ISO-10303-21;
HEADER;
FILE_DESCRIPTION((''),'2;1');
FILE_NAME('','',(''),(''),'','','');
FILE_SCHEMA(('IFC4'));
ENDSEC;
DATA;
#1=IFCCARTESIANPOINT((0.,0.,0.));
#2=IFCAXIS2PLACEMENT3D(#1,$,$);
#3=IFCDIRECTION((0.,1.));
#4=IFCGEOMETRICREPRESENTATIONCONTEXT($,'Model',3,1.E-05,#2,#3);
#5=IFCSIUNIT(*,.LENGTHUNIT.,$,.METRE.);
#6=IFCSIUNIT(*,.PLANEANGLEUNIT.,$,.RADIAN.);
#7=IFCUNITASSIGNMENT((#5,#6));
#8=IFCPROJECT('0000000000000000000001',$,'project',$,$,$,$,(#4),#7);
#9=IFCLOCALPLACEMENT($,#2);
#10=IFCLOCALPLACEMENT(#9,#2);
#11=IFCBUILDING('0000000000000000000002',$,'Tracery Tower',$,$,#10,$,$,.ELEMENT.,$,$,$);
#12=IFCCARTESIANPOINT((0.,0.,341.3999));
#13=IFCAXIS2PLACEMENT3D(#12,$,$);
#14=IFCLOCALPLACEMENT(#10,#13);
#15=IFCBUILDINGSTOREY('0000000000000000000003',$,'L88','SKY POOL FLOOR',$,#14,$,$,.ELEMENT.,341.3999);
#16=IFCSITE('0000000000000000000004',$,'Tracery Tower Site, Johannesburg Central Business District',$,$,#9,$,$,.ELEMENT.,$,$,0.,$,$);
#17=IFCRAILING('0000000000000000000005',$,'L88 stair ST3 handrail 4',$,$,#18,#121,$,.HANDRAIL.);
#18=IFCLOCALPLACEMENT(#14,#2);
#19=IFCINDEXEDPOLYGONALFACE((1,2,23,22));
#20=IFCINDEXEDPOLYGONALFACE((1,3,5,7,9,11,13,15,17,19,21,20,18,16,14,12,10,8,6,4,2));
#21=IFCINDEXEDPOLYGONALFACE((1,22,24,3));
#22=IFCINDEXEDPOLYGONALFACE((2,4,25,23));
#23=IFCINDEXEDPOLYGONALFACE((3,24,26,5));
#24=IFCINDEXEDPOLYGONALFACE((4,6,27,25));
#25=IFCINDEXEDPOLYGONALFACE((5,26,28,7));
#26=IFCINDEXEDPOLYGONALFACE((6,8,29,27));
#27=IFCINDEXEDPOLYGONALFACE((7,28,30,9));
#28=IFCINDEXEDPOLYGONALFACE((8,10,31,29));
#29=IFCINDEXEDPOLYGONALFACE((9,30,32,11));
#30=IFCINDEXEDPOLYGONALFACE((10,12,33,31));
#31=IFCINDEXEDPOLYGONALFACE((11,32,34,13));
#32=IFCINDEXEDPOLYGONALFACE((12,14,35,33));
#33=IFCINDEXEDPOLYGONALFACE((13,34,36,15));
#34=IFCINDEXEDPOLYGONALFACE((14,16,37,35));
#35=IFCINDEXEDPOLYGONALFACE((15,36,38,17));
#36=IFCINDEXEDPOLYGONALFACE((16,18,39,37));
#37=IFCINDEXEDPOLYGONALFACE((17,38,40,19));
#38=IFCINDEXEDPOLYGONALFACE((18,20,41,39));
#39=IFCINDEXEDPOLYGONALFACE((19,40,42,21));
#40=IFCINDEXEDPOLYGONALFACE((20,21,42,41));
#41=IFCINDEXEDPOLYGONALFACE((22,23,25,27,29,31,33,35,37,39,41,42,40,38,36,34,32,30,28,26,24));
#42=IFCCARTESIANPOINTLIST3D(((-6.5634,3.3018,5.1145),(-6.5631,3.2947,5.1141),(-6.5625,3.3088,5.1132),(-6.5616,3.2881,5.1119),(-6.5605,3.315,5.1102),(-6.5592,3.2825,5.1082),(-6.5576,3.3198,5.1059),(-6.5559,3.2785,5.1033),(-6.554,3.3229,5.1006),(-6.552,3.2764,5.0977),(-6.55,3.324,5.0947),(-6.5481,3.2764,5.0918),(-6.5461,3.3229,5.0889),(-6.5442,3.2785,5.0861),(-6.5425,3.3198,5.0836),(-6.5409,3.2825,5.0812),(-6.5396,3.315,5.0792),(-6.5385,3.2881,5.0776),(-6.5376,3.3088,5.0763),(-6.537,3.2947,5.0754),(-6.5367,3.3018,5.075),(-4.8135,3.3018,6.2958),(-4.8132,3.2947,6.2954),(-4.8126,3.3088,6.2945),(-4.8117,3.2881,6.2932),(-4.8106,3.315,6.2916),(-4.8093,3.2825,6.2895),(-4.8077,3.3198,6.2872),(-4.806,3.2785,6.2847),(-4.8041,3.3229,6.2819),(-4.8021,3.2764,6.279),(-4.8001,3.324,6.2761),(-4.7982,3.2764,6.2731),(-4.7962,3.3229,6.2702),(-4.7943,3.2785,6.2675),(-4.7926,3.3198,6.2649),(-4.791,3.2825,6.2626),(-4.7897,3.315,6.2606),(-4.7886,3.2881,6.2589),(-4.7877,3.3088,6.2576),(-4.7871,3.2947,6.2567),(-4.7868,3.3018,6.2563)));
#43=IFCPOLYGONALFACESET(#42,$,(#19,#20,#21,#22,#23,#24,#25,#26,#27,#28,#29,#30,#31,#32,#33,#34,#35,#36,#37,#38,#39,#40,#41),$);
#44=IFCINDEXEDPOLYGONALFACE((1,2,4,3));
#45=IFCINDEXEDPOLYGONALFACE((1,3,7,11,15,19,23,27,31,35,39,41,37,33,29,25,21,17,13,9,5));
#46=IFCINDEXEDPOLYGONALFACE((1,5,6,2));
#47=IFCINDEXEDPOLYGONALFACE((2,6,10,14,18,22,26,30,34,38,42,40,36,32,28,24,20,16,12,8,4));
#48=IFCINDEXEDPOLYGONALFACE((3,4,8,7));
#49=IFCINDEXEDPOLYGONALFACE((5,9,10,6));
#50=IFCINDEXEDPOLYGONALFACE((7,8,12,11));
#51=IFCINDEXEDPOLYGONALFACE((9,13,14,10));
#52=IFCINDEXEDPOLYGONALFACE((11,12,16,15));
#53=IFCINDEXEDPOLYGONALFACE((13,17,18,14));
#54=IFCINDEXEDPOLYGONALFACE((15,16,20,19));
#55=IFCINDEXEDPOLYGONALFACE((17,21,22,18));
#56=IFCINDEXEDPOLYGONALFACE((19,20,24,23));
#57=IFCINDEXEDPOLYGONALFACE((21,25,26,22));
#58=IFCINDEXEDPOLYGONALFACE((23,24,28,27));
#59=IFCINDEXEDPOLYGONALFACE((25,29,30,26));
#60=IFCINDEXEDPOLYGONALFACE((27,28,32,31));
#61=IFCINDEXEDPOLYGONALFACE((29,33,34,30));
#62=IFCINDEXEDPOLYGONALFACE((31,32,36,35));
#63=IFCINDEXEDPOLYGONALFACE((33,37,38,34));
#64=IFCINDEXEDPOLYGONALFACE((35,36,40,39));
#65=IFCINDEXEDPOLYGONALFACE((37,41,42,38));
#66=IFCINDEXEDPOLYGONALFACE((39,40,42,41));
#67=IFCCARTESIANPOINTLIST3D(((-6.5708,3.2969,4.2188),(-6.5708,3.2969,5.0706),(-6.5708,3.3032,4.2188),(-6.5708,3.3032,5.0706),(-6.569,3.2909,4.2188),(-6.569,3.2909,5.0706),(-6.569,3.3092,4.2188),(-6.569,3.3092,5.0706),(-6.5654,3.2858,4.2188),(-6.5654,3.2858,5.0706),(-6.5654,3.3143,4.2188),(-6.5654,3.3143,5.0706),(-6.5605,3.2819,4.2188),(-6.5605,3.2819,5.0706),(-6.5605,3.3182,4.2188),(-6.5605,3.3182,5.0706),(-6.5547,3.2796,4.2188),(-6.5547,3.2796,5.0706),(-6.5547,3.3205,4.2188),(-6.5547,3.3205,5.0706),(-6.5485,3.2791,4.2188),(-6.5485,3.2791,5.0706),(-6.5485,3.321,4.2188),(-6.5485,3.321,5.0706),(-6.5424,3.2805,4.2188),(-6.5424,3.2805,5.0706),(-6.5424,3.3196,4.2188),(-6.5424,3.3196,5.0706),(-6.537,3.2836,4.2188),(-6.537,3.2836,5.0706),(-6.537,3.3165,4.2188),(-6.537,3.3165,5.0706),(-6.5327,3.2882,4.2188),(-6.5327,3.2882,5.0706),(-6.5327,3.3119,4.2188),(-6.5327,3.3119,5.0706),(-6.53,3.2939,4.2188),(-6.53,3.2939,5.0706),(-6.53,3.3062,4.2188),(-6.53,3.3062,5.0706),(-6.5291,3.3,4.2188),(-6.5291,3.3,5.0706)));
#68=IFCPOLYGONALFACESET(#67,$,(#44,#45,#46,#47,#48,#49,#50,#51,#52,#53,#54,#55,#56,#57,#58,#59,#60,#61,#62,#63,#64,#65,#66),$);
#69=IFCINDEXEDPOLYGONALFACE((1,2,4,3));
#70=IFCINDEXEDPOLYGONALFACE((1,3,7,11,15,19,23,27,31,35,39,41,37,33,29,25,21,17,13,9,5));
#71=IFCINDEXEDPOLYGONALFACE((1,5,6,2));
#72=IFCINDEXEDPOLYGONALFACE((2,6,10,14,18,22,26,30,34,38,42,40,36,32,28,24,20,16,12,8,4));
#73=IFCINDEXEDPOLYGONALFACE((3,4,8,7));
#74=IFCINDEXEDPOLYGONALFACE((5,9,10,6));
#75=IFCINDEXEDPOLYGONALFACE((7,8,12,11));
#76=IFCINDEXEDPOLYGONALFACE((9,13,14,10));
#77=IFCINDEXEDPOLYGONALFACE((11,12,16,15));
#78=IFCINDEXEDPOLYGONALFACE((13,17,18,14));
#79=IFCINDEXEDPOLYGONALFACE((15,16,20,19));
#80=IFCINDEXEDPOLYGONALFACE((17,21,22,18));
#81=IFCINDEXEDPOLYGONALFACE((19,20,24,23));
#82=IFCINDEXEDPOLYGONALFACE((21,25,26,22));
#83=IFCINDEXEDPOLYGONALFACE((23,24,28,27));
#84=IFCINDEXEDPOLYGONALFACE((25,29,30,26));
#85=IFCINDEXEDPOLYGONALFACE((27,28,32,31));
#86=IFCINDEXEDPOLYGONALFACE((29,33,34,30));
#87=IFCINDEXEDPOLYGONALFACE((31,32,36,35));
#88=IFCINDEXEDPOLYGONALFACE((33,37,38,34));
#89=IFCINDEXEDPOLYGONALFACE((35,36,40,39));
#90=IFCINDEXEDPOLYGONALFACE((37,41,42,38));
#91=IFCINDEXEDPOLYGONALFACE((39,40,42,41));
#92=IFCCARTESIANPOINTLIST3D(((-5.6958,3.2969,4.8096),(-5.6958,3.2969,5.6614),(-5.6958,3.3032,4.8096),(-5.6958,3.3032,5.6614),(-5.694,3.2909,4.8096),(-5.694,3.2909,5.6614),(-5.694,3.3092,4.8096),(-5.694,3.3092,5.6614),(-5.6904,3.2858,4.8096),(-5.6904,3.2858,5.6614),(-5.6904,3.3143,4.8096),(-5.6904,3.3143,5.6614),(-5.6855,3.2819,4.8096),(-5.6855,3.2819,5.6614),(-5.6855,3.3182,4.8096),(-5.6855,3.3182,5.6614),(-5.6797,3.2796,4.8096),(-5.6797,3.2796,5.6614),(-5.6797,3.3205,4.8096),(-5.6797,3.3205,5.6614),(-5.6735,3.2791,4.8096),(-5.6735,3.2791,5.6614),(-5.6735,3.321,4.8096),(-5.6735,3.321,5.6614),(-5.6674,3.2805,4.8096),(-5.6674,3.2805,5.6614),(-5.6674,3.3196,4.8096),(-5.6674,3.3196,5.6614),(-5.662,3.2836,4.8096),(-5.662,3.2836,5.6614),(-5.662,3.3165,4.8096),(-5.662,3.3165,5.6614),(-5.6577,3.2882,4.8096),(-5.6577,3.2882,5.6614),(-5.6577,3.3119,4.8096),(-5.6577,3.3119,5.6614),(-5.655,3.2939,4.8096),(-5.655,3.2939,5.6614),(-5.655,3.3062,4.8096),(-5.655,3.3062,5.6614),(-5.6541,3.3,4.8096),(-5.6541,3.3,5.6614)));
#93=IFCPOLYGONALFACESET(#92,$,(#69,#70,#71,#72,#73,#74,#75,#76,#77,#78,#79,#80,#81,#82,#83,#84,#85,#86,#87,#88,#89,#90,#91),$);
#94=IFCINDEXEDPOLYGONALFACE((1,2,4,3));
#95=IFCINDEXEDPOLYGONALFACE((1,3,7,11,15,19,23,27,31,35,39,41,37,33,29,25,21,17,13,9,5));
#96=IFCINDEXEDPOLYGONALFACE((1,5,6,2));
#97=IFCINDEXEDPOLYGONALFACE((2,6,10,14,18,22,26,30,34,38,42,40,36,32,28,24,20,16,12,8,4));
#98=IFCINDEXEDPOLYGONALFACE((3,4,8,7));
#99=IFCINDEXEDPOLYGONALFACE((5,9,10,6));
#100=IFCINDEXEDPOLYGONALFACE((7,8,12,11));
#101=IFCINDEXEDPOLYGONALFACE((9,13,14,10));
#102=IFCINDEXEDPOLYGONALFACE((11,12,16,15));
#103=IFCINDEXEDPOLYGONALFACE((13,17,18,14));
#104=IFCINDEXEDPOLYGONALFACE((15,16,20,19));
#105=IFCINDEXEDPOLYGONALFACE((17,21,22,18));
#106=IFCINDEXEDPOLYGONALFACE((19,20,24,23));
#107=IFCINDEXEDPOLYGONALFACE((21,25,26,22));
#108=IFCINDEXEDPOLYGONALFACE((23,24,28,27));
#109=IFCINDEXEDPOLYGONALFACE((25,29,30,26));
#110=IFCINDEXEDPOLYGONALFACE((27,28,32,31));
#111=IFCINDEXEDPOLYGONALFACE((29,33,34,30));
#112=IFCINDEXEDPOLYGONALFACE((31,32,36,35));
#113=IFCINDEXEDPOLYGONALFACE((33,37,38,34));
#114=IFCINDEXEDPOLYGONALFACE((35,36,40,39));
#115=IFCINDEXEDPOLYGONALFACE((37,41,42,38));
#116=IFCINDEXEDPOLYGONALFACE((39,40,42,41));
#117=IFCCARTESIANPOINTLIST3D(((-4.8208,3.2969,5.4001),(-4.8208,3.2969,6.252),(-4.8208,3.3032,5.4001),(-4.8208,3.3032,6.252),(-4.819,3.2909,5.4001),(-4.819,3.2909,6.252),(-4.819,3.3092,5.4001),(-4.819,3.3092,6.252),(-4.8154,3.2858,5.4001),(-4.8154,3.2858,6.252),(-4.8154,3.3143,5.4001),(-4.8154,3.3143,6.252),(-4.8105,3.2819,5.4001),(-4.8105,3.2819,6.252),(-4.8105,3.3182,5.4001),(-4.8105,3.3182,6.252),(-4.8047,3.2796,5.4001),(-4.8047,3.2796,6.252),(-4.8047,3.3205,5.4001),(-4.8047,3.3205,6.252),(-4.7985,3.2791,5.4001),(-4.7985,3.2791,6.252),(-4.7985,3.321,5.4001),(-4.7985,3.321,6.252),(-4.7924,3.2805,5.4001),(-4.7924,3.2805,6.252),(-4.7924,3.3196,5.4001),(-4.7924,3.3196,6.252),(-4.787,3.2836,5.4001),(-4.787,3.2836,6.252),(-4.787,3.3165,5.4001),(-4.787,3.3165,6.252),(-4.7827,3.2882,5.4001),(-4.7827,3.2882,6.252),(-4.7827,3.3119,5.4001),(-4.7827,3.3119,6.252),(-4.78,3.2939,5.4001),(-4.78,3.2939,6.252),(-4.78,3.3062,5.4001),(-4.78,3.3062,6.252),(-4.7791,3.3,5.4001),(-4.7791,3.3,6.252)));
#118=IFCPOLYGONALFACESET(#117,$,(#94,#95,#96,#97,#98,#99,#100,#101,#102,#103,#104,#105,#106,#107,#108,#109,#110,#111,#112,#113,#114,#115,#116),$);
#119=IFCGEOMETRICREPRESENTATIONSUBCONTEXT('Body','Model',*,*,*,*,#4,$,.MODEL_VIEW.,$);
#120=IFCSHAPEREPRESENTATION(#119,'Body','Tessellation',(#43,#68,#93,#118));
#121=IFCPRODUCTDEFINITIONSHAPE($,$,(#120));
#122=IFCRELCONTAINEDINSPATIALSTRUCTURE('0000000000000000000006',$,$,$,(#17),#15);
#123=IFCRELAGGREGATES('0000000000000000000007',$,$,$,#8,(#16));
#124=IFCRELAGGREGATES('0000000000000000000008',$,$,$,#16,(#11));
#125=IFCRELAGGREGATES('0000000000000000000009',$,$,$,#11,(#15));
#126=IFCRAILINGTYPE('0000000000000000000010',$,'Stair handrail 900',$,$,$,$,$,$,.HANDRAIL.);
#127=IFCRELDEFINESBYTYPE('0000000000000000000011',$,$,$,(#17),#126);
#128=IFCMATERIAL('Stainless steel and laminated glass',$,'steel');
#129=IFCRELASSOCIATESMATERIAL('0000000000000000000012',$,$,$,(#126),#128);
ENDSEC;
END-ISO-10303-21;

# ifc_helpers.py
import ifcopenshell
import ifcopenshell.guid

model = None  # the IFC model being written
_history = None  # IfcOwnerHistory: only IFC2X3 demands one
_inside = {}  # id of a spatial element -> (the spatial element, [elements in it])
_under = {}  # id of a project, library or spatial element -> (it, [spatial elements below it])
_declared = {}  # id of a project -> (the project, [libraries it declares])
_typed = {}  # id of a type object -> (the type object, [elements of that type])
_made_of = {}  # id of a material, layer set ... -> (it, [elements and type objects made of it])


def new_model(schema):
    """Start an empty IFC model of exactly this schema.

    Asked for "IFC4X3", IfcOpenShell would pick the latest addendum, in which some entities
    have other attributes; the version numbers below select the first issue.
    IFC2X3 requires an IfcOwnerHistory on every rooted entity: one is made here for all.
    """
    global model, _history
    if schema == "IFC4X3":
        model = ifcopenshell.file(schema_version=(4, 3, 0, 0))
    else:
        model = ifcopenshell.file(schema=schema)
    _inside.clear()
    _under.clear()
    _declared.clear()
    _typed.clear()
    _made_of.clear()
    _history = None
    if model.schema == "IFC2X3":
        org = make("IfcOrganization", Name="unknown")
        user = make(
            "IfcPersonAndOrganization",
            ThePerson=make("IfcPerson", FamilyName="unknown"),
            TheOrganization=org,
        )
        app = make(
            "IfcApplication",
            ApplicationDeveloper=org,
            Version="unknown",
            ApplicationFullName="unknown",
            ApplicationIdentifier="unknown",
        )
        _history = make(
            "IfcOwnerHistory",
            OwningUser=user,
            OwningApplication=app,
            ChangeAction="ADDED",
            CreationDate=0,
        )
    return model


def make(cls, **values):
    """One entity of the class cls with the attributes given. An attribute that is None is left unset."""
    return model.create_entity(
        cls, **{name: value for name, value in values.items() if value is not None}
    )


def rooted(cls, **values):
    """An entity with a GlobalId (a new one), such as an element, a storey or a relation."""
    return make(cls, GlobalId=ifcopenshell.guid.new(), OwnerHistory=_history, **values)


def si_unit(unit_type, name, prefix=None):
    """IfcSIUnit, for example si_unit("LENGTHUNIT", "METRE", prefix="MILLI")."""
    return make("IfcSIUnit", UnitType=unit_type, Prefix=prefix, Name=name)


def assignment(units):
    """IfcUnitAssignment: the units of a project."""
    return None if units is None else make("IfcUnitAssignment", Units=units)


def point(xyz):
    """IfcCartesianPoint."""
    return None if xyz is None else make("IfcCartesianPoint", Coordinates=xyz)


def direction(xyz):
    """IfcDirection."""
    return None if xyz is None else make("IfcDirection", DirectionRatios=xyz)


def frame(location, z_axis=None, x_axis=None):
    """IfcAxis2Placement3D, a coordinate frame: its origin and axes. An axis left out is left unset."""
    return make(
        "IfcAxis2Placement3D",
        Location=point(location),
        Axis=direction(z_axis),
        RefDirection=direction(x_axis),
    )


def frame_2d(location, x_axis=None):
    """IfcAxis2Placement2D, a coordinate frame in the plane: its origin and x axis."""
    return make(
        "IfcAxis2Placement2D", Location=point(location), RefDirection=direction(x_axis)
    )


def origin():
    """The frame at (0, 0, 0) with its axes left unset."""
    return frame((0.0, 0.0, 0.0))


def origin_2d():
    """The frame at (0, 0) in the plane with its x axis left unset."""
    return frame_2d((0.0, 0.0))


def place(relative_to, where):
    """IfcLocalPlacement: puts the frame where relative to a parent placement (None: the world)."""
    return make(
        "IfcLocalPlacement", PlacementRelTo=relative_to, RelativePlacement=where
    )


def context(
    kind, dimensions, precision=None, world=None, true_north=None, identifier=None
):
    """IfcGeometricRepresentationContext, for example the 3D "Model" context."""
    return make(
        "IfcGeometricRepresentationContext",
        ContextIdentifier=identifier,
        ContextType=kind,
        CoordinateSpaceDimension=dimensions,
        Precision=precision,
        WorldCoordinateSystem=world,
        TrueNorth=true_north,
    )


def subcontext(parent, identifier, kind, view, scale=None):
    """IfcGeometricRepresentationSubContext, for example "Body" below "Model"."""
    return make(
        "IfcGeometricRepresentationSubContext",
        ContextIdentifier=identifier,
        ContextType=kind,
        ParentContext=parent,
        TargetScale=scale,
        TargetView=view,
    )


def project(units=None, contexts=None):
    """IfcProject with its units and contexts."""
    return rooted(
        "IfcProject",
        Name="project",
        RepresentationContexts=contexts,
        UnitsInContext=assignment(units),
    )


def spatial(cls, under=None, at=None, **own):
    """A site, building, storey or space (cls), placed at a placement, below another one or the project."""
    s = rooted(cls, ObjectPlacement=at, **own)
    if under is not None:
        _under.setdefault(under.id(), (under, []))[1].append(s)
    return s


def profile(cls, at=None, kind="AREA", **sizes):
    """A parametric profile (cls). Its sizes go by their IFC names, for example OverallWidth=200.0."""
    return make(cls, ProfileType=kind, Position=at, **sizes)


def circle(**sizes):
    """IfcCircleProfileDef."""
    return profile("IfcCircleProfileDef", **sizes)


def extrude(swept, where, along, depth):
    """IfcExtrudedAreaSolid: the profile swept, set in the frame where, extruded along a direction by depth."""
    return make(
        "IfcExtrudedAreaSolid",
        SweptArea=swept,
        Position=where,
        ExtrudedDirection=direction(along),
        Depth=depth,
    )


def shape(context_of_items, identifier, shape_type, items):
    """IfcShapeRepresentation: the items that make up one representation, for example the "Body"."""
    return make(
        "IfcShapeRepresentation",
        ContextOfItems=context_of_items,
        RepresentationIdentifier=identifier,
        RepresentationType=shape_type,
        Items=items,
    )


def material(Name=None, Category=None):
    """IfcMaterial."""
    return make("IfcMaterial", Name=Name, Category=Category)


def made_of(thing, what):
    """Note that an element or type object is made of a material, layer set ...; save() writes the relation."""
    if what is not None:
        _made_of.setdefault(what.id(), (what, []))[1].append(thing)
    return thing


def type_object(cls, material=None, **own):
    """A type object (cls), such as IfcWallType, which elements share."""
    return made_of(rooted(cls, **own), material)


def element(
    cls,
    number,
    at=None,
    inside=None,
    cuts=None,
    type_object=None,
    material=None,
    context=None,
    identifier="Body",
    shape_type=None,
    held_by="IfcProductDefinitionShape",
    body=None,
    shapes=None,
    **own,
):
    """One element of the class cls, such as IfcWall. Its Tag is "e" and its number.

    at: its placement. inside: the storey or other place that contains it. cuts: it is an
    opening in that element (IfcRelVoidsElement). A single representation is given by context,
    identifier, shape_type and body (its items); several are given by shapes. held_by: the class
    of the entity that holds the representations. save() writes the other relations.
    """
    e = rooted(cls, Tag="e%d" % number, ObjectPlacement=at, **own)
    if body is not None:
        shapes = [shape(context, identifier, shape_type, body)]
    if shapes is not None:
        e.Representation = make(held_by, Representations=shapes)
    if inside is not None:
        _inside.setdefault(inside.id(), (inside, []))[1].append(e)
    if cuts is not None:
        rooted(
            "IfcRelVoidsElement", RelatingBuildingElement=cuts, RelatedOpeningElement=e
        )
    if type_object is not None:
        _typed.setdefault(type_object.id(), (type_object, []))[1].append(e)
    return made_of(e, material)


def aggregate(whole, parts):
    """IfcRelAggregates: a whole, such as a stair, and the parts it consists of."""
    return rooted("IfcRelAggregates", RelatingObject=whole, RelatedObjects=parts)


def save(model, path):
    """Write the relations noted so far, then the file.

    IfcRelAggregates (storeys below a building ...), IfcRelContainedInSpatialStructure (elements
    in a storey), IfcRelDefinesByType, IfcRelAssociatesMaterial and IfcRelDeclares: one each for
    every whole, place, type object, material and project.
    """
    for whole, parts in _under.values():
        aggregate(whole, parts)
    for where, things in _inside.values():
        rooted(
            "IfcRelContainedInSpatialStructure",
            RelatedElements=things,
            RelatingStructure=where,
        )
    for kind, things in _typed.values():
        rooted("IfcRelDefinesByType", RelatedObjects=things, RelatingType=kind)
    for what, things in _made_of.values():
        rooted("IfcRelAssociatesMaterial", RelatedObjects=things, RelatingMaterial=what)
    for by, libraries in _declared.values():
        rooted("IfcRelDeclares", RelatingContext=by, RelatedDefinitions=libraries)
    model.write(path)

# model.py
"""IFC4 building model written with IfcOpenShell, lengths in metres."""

from ifc_helpers import new_model, si_unit, direction, frame, origin, origin_2d, place, context, subcontext, project, spatial, circle, extrude, material, type_object, element, save


model = new_model("IFC4")

# Units and contexts
model_context = context("Model", 3, precision=1e-05, world=origin(), true_north=direction((0.0, 1.0)))
body_context = subcontext(model_context, "Body", "Model", "MODEL_VIEW")
ifc_project = project(units=[si_unit("LENGTHUNIT", "METRE"), si_unit("PLANEANGLEUNIT", "RADIAN")], contexts=[model_context])

# Site, building, storey
site_placement = place(None, origin())
site = spatial("IfcSite", under=ifc_project, at=site_placement, Name="Tracery Tower Site, Johannesburg Central Business District", CompositionType="ELEMENT", RefElevation=0.0)
building_placement = place(site_placement, origin())
building = spatial("IfcBuilding", under=site, at=building_placement, Name="Tracery Tower", CompositionType="ELEMENT")
storey_placement = place(building_placement, frame((0.0, 0.0, 341.3999)))
storey = spatial("IfcBuildingStorey", under=building, at=storey_placement, Name="L88", Description="SKY POOL FLOOR", CompositionType="ELEMENT", Elevation=341.3999)

# Railing
ifc_material_1 = material(Name="Stainless steel and laminated glass", Category="steel")
railing_type_1 = type_object("IfcRailingType", Name="Stair handrail 900", PredefinedType="HANDRAIL", material=ifc_material_1)
railing_1_placement = place(storey_placement, frame((-6.55, 3.3, 4.2188)))
element("IfcRailing", 1, at=railing_1_placement, inside=storey, type_object=railing_type_1, Name="L88 stair ST3 handrail 4", PredefinedType="HANDRAIL", context=body_context, shape_type="SweptSolid", body=[
    extrude(circle(Radius=0.0239, at=origin_2d()), frame((0.0, 0.0, 0.876), z_axis=(0.828817, 0.0, 0.559521), x_axis=(0.0, 1.0, 0.0)), (0.0, 0.0, 1.0), 2.1113),
    extrude(circle(Radius=0.021, at=origin_2d()), origin(), (0.0, 0.0, 1.0), 0.8518),
    extrude(circle(Radius=0.021, at=origin_2d()), frame((0.875, 0.0, 0.5908)), (0.0, 0.0, 1.0), 0.8518),
    extrude(circle(Radius=0.021, at=origin_2d()), frame((1.75, 0.0, 1.1814)), (0.0, 0.0, 1.0), 0.8518),
])

save(model, "model.ifc")
